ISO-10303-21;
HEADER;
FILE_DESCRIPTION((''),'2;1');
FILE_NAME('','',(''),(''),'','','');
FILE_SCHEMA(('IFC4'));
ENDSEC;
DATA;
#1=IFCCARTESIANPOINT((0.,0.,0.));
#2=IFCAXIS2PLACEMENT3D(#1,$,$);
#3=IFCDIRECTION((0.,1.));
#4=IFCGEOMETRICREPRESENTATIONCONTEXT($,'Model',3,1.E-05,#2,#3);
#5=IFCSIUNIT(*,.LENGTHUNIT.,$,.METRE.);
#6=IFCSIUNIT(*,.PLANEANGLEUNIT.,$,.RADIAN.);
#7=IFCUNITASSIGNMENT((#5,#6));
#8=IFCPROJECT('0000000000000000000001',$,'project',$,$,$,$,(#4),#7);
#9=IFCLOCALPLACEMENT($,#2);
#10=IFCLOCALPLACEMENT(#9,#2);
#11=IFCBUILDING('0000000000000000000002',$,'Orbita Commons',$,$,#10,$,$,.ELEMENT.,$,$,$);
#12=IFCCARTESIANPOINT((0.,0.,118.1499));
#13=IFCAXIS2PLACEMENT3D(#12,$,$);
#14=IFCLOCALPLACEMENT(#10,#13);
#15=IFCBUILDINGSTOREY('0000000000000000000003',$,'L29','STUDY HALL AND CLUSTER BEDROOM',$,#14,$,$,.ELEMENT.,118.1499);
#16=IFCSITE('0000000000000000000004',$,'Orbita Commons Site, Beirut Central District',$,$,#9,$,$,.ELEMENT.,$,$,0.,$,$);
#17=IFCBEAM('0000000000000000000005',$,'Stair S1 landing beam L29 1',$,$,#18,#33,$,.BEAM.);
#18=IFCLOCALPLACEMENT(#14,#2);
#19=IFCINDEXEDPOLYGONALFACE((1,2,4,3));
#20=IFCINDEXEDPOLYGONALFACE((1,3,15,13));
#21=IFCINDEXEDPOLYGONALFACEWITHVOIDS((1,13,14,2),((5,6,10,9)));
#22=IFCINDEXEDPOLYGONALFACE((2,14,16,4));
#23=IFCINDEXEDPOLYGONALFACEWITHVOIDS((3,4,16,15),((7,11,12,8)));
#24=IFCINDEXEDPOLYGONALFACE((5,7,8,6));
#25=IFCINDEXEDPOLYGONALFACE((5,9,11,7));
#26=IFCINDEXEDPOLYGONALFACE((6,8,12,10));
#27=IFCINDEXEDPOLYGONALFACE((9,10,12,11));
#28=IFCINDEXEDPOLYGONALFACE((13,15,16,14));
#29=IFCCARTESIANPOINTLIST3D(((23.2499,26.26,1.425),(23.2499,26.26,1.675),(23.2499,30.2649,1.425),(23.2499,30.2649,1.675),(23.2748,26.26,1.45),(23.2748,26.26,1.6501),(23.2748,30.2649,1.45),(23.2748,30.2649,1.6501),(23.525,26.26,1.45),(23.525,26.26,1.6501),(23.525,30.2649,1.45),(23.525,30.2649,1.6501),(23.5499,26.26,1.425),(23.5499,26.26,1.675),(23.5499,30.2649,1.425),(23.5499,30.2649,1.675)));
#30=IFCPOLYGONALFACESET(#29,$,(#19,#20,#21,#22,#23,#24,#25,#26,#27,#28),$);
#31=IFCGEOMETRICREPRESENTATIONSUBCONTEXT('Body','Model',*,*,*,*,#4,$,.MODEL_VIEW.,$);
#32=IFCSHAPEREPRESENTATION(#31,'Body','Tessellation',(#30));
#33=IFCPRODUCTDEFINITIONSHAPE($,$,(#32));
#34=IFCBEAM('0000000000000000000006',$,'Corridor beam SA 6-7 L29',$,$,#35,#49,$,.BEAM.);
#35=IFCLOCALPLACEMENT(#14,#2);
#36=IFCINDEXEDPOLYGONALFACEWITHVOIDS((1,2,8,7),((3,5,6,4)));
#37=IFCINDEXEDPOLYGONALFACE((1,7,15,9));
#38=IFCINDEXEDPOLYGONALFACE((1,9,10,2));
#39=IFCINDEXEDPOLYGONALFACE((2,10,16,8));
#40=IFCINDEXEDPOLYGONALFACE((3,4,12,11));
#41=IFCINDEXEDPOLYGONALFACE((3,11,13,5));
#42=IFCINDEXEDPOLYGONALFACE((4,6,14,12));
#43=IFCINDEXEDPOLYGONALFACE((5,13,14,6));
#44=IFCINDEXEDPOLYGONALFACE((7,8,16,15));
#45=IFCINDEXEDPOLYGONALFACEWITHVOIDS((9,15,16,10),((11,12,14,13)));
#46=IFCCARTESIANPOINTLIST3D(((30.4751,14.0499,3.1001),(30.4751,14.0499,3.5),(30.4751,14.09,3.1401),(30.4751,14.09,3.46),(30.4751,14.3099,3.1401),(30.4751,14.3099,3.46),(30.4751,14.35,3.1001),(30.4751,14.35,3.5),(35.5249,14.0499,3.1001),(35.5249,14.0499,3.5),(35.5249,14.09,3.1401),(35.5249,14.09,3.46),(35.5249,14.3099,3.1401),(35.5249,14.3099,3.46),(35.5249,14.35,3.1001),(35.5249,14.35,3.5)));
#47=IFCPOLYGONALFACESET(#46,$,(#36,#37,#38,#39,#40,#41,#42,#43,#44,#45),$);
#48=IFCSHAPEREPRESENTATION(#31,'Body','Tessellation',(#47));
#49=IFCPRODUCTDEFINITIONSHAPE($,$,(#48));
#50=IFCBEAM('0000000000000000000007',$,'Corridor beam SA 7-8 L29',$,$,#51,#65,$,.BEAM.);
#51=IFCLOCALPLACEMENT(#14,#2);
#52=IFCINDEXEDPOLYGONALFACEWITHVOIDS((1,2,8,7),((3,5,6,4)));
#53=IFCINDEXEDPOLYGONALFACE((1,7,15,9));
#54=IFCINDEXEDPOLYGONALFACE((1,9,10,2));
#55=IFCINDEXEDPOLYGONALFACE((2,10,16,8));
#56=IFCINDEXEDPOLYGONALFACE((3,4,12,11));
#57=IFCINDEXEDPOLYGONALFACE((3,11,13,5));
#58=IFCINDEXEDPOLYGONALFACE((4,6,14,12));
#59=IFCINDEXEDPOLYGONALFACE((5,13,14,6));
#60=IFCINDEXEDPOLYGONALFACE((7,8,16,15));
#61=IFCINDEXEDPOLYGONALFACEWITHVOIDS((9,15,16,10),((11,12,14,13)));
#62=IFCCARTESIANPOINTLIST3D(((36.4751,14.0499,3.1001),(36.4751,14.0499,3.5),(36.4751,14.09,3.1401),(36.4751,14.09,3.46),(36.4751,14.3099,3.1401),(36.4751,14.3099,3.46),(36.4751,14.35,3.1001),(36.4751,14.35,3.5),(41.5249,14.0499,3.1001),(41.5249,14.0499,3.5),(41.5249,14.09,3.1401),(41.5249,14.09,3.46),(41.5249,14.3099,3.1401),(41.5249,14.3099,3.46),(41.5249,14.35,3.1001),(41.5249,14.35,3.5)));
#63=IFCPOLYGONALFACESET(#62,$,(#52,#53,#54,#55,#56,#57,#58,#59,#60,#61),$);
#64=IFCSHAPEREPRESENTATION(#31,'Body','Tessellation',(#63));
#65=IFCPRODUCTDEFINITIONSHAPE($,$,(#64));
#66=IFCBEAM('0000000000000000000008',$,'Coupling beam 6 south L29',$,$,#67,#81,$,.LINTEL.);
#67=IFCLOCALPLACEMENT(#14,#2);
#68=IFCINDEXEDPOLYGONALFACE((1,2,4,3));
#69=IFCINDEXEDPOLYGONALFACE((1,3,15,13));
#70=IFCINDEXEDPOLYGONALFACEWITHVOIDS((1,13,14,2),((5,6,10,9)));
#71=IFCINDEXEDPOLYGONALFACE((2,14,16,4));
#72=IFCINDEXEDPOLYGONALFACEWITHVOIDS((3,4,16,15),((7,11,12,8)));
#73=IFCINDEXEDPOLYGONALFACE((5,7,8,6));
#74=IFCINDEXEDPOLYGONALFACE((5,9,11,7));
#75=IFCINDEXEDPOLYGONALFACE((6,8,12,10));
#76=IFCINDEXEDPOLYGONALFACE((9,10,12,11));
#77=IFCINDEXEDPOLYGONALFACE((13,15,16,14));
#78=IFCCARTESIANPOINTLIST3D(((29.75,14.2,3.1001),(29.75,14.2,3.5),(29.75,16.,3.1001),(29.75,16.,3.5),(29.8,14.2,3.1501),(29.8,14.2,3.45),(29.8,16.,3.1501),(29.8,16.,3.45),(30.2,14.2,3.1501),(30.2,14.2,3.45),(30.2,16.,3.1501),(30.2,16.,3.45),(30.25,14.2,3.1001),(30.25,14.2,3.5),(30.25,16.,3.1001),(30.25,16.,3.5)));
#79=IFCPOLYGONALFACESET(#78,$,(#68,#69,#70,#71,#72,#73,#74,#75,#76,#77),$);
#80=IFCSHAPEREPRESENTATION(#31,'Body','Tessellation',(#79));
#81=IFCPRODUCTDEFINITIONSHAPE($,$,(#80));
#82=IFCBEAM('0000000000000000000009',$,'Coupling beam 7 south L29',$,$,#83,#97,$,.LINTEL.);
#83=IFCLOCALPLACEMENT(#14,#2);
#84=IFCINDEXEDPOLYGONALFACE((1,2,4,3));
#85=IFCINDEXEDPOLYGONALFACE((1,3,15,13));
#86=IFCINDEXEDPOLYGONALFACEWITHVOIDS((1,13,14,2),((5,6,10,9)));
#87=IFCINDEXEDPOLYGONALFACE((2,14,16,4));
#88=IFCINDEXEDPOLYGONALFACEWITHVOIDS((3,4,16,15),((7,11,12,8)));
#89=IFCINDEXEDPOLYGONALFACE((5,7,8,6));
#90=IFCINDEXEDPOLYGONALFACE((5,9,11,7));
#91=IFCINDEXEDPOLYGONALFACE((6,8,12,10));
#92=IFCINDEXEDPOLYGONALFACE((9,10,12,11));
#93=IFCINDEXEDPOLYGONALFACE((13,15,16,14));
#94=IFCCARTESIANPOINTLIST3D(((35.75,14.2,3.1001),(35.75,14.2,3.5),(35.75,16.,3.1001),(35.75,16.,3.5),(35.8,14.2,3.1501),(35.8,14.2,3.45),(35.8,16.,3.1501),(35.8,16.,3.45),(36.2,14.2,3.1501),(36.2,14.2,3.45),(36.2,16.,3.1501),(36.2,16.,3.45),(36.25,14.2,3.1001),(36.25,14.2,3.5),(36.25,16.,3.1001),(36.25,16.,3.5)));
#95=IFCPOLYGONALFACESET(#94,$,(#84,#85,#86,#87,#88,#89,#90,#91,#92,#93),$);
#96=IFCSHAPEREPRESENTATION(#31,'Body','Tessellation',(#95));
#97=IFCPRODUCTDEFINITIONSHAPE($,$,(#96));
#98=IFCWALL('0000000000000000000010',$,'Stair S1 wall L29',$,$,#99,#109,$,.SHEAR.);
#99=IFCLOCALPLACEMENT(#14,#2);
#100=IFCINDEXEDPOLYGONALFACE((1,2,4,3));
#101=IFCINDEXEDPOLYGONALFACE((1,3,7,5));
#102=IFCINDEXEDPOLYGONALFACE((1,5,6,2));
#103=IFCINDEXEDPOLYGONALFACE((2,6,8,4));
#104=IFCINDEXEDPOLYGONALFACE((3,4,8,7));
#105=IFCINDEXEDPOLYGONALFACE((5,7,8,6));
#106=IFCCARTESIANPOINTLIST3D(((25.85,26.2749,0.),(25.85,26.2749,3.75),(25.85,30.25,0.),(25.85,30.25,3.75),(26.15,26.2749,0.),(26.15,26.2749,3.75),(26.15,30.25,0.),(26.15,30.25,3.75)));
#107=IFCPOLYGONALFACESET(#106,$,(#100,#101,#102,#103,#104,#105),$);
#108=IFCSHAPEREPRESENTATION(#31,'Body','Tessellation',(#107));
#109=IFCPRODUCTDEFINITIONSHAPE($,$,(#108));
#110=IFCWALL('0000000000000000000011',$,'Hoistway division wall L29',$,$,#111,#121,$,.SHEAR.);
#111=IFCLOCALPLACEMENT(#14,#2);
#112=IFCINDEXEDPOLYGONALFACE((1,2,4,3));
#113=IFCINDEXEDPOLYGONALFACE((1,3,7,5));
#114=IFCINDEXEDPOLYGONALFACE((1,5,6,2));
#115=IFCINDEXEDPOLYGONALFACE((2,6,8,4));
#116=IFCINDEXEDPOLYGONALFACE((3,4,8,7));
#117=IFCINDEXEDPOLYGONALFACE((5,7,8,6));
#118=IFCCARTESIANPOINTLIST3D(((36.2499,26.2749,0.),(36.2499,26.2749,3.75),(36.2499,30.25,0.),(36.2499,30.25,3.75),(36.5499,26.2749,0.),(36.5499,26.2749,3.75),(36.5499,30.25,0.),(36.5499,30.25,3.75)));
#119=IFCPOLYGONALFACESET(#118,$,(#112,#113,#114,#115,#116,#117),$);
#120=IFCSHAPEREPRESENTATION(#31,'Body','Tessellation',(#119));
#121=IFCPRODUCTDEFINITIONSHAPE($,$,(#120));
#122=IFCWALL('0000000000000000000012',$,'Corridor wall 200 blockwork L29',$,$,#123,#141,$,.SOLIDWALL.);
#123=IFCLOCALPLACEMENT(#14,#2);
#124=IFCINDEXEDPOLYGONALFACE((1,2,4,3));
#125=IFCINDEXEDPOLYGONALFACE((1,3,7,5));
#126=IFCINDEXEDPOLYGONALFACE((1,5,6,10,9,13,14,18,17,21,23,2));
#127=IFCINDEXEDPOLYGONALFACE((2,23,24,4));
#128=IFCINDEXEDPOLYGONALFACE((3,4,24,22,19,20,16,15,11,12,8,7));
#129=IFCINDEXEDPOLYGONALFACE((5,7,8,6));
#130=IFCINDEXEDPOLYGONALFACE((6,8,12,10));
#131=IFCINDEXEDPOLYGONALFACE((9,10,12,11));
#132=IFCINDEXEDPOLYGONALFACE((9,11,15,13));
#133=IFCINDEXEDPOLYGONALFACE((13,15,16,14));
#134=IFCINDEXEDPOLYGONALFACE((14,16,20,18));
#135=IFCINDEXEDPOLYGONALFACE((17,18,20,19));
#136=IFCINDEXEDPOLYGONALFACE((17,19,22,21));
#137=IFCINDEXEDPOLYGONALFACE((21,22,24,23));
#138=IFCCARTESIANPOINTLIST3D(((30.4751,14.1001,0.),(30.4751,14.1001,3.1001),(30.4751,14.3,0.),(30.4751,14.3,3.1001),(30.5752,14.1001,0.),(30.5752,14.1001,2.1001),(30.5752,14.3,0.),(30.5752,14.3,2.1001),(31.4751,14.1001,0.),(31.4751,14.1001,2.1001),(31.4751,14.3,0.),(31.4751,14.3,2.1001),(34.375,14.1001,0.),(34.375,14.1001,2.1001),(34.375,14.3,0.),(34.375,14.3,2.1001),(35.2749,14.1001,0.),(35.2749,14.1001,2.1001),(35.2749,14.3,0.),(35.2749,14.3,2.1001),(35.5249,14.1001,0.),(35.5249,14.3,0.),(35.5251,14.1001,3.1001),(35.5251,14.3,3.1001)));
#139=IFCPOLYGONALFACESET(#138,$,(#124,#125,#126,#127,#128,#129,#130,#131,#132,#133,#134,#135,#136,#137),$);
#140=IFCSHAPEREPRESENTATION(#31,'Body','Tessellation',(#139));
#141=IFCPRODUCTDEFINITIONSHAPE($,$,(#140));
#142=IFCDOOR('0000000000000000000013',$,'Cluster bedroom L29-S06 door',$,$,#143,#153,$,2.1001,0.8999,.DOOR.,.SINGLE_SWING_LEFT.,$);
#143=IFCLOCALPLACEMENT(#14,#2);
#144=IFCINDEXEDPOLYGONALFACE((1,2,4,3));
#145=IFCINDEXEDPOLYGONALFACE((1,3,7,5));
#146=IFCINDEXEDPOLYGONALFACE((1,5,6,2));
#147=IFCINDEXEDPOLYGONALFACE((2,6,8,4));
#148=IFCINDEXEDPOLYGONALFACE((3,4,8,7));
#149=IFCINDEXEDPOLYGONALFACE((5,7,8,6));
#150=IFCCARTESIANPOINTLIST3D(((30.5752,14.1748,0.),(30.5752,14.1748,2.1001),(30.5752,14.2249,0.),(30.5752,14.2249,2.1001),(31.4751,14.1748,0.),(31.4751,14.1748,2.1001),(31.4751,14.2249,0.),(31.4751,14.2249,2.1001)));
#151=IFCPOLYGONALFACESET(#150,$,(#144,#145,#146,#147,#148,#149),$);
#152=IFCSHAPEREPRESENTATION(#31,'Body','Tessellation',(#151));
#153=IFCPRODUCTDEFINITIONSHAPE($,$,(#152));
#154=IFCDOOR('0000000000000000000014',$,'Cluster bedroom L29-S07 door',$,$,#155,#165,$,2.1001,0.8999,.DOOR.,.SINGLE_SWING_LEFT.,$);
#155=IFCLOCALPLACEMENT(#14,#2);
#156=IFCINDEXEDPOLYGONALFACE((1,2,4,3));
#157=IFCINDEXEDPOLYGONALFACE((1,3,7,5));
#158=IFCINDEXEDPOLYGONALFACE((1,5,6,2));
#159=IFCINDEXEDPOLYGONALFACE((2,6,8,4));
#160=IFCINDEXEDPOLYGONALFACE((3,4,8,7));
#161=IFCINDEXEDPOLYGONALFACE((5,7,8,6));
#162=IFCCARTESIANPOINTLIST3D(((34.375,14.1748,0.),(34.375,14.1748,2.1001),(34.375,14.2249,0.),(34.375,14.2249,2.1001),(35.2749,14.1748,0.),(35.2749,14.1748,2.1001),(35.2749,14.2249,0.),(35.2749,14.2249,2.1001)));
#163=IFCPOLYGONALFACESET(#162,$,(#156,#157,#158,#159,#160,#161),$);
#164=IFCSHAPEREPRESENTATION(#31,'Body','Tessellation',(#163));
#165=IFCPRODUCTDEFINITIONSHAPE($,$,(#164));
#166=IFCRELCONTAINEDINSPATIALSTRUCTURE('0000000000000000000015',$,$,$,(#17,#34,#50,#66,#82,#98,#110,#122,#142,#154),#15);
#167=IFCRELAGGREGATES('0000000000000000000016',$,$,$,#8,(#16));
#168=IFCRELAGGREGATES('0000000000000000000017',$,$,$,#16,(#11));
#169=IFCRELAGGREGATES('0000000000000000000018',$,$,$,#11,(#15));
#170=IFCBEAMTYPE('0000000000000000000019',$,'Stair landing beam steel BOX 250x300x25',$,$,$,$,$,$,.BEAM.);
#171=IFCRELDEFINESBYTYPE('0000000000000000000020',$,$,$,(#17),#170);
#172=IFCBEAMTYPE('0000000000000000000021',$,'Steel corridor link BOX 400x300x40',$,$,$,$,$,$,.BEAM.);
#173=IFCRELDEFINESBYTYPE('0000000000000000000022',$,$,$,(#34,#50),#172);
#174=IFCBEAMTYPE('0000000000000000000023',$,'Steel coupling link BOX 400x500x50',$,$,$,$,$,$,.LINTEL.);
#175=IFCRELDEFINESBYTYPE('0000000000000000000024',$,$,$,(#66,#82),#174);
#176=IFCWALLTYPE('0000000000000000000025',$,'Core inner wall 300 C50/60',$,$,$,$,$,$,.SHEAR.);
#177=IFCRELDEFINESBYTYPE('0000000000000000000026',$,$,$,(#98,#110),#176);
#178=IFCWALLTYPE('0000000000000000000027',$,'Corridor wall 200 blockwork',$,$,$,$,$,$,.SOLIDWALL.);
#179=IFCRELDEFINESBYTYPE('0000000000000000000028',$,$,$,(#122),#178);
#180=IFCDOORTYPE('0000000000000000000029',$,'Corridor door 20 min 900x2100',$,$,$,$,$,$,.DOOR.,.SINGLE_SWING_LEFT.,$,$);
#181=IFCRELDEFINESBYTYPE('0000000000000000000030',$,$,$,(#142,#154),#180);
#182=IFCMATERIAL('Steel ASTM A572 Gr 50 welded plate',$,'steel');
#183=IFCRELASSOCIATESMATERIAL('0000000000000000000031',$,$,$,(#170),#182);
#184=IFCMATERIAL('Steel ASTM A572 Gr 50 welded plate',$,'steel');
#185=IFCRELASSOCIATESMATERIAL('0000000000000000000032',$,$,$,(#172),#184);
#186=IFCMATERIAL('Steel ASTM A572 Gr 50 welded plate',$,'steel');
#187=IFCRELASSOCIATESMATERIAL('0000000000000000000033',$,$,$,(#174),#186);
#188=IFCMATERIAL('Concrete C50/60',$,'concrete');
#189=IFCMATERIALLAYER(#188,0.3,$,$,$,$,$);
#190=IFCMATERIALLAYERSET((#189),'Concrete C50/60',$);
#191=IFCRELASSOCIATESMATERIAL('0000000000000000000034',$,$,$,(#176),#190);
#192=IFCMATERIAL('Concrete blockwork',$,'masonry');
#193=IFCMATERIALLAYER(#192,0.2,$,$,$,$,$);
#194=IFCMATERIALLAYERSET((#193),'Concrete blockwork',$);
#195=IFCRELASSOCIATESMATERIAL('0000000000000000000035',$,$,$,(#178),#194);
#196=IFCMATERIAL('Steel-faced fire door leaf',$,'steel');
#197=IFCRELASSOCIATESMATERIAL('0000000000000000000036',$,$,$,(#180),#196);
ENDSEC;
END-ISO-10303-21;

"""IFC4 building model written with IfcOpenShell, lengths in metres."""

from ifc_helpers import new_model, si_unit, direction, frame, frame_2d, origin, origin_2d, place, context, subcontext, project, spatial, polyline, rectangle, hollow_rectangle, outline, extrude, material, layer, layer_set, material_profile, profile_set, type_object, element, fill, save


model = new_model("IFC4")

# Units and contexts
model_context = context("Model", 3, precision=1e-05, world=origin(), true_north=direction((0.0, 1.0)))
body_context = subcontext(model_context, "Body", "Model", "MODEL_VIEW")
ifc_project = project(units=[si_unit("LENGTHUNIT", "METRE"), si_unit("PLANEANGLEUNIT", "RADIAN")], contexts=[model_context])

# Site, building, storey
site_placement = place(None, origin())
site = spatial("IfcSite", under=ifc_project, at=site_placement, Name="Orbita Commons Site, Beirut Central District", CompositionType="ELEMENT", RefElevation=0.0)
building_placement = place(site_placement, origin())
building = spatial("IfcBuilding", under=site, at=building_placement, Name="Orbita Commons", CompositionType="ELEMENT")
storey_placement = place(building_placement, frame((0.0, 0.0, 118.1499)))
storey = spatial("IfcBuildingStorey", under=building, at=storey_placement, Name="L29", Description="STUDY HALL AND CLUSTER BEDROOM", CompositionType="ELEMENT", Elevation=118.1499)

# Beams
ifc_material_1 = material(Name="Steel ASTM A572 Gr 50 welded plate", Category="steel")
ifc_material_profile_1 = material_profile(ifc_material_1, hollow_rectangle(XDim=0.3, YDim=0.25, WallThickness=0.0249, at=origin_2d()), Name="BOX 250x300x25")
ifc_profile_set_1 = profile_set([ifc_material_profile_1], Name="Steel ASTM A572 Gr 50 welded plate")
beam_type_1 = type_object("IfcBeamType", Name="Stair landing beam steel BOX 250x300x25", PredefinedType="BEAM", material=ifc_profile_set_1)
beam_placement = place(storey_placement, frame((23.3999, 26.26, 1.55), z_axis=(0.0, 1.0, 0.0), x_axis=(-1.0, 0.0, 0.0)))
element("IfcBeam", 1, at=beam_placement, inside=storey, type_object=beam_type_1, Name="Stair S1 landing beam L29 1", PredefinedType="BEAM", context=body_context, shape_type="SweptSolid", body=[
    extrude(hollow_rectangle(XDim=0.3, YDim=0.25, WallThickness=0.0249, at=origin_2d()), origin(), (0.0, 0.0, 1.0), 4.0049),
])
ifc_material_2 = material(Name="Steel ASTM A572 Gr 50 welded plate", Category="steel")
ifc_material_profile_2 = material_profile(ifc_material_2, hollow_rectangle(XDim=0.3, YDim=0.3999, WallThickness=0.04, at=origin_2d()), Name="BOX 400x300x40")
ifc_profile_set_2 = profile_set([ifc_material_profile_2], Name="Steel ASTM A572 Gr 50 welded plate")
beam_type_2 = type_object("IfcBeamType", Name="Steel corridor link BOX 400x300x40", PredefinedType="BEAM", material=ifc_profile_set_2)
for number, where, z_axis, x_axis, name in (
    (2, (30.4751, 14.2, 3.3), (1.0, 0.0, 0.0), (0.0, 1.0, 0.0), "Corridor beam SA 6-7 L29"),
    (3, (36.4751, 14.2, 3.3), (1.0, 0.0, 0.0), (0.0, 1.0, 0.0), "Corridor beam SA 7-8 L29"),
):
    element("IfcBeam", number, at=place(storey_placement, frame(where, z_axis=z_axis, x_axis=x_axis)), inside=storey, type_object=beam_type_2, Name=name, PredefinedType="BEAM", context=body_context, shape_type="SweptSolid", body=[
        extrude(hollow_rectangle(XDim=0.3, YDim=0.3999, WallThickness=0.04, at=origin_2d()), origin(), (0.0, 0.0, 1.0), 5.0498),
    ])
ifc_material_3 = material(Name="Steel ASTM A572 Gr 50 welded plate", Category="steel")
ifc_material_profile_3 = material_profile(ifc_material_3, hollow_rectangle(XDim=0.5, YDim=0.3999, WallThickness=0.05, at=origin_2d()), Name="BOX 400x500x50")
ifc_profile_set_3 = profile_set([ifc_material_profile_3], Name="Steel ASTM A572 Gr 50 welded plate")
beam_type_3 = type_object("IfcBeamType", Name="Steel coupling link BOX 400x500x50", PredefinedType="LINTEL", material=ifc_profile_set_3)
for number, where, z_axis, x_axis, name in (
    (4, (30.0, 14.2, 3.3), (0.0, 1.0, 0.0), (-1.0, 0.0, 0.0), "Coupling beam 6 south L29"),
    (5, (36.0, 14.2, 3.3), (0.0, 1.0, 0.0), (-1.0, 0.0, 0.0), "Coupling beam 7 south L29"),
):
    element("IfcBeam", number, at=place(storey_placement, frame(where, z_axis=z_axis, x_axis=x_axis)), inside=storey, type_object=beam_type_3, Name=name, PredefinedType="LINTEL", context=body_context, shape_type="SweptSolid", body=[
        extrude(hollow_rectangle(XDim=0.5, YDim=0.3999, WallThickness=0.05, at=origin_2d()), origin(), (0.0, 0.0, 1.0), 1.8),
    ])

# Walls
ifc_material_4 = material(Name="Concrete C50/60", Category="concrete")
ifc_layer_1 = layer(ifc_material_4, 0.3)
ifc_layer_set_1 = layer_set([ifc_layer_1], Name="Concrete C50/60")
wall_type_1 = type_object("IfcWallType", Name="Core inner wall 300 C50/60", PredefinedType="SHEAR", material=ifc_layer_set_1)
for number, where, z_axis, x_axis, name in (
    (6, (26.0, 26.2749, 0.0), (0.0, 0.0, 1.0), (0.0, 1.0, 0.0), "Stair S1 wall L29"),
    (7, (36.3999, 26.2749, 0.0), (0.0, 0.0, 1.0), (0.0, 1.0, 0.0), "Hoistway division wall L29"),
):
    element("IfcWall", number, at=place(storey_placement, frame(where, z_axis=z_axis, x_axis=x_axis)), inside=storey, type_object=wall_type_1, Name=name, PredefinedType="SHEAR", context=body_context, shape_type="SweptSolid", body=[
        extrude(rectangle(XDim=3.9751, YDim=0.3, at=frame_2d((1.9875, 0.0))), origin(), (0.0, 0.0, 1.0), 3.75),
    ])

# Wall, openings, doors
ifc_material_5 = material(Name="Concrete blockwork", Category="masonry")
ifc_layer_2 = layer(ifc_material_5, 0.2)
ifc_layer_set_2 = layer_set([ifc_layer_2], Name="Concrete blockwork")
wall_type_2 = type_object("IfcWallType", Name="Corridor wall 200 blockwork", PredefinedType="SOLIDWALL", material=ifc_layer_set_2)
wall_1_placement = place(storey_placement, frame((30.4751, 14.2, 0.0), z_axis=(0.0, 0.0, 1.0), x_axis=(1.0, 0.0, 0.0)))
wall_1 = element("IfcWall", 8, at=wall_1_placement, inside=storey, type_object=wall_type_2, Name="Corridor wall 200 blockwork L29", PredefinedType="SOLIDWALL", context=body_context, shape_type="SweptSolid", body=[
    extrude(outline(polyline([(0.0, 0.0), (5.0498, 0.0), (5.05, 3.1001), (0.0, 3.1001), (0.0, 0.0)])), frame((0.0, 0.1001, 0.0), z_axis=(0.0, -1.0, 0.0), x_axis=(1.0, 0.0, 0.0)), (0.0, 0.0, 1.0), 0.2),
])
opening_1_placement = place(wall_1_placement, frame((0.1001, 0.0, 0.0)))
opening_1 = element("IfcOpeningElement", 9, at=opening_1_placement, cuts=wall_1, PredefinedType="OPENING", context=body_context, shape_type="SweptSolid", body=[
    extrude(rectangle(XDim=0.8999, YDim=2.1001, at=frame_2d((0.45, 1.05))), frame((0.0, 0.1099, 0.0), z_axis=(0.0, -1.0, 0.0), x_axis=(1.0, 0.0, 0.0)), (0.0, 0.0, 1.0), 0.22),
])
opening_2_placement = place(wall_1_placement, frame((3.8999, 0.0, 0.0)))
opening_2 = element("IfcOpeningElement", 10, at=opening_2_placement, cuts=wall_1, PredefinedType="OPENING", context=body_context, shape_type="SweptSolid", body=[
    extrude(rectangle(XDim=0.8999, YDim=2.1001, at=frame_2d((0.45, 1.05))), frame((0.0, 0.1099, 0.0), z_axis=(0.0, -1.0, 0.0), x_axis=(1.0, 0.0, 0.0)), (0.0, 0.0, 1.0), 0.22),
])
ifc_material_6 = material(Name="Steel-faced fire door leaf", Category="steel")
door_type_1 = type_object("IfcDoorType", Name="Corridor door 20 min 900x2100", OperationType="SINGLE_SWING_LEFT", PredefinedType="DOOR", material=ifc_material_6)
door_1_placement = place(opening_1_placement, origin())
door_1 = element("IfcDoor", 11, at=door_1_placement, inside=storey, type_object=door_type_1, Name="Cluster bedroom L29-S06 door", OperationType="SINGLE_SWING_LEFT", OverallHeight=2.1001, OverallWidth=0.8999, PredefinedType="DOOR", context=body_context, shape_type="SweptSolid", body=[
    extrude(rectangle(XDim=0.8999, YDim=2.1001, at=frame_2d((0.45, 1.05))), frame((0.0, 0.0249, 0.0), z_axis=(0.0, -1.0, 0.0), x_axis=(1.0, 0.0, 0.0)), (0.0, 0.0, 1.0), 0.05),
])
fill(opening_1, door_1)
door_2_placement = place(opening_2_placement, origin())
door_2 = element("IfcDoor", 12, at=door_2_placement, inside=storey, type_object=door_type_1, Name="Cluster bedroom L29-S07 door", OperationType="SINGLE_SWING_LEFT", OverallHeight=2.1001, OverallWidth=0.8999, PredefinedType="DOOR", context=body_context, shape_type="SweptSolid", body=[
    extrude(rectangle(XDim=0.8999, YDim=2.1001, at=frame_2d((0.45, 1.05))), frame((0.0, 0.0249, 0.0), z_axis=(0.0, -1.0, 0.0), x_axis=(1.0, 0.0, 0.0)), (0.0, 0.0, 1.0), 0.05),
])
fill(opening_2, door_2)

save(model, "model.ifc")
